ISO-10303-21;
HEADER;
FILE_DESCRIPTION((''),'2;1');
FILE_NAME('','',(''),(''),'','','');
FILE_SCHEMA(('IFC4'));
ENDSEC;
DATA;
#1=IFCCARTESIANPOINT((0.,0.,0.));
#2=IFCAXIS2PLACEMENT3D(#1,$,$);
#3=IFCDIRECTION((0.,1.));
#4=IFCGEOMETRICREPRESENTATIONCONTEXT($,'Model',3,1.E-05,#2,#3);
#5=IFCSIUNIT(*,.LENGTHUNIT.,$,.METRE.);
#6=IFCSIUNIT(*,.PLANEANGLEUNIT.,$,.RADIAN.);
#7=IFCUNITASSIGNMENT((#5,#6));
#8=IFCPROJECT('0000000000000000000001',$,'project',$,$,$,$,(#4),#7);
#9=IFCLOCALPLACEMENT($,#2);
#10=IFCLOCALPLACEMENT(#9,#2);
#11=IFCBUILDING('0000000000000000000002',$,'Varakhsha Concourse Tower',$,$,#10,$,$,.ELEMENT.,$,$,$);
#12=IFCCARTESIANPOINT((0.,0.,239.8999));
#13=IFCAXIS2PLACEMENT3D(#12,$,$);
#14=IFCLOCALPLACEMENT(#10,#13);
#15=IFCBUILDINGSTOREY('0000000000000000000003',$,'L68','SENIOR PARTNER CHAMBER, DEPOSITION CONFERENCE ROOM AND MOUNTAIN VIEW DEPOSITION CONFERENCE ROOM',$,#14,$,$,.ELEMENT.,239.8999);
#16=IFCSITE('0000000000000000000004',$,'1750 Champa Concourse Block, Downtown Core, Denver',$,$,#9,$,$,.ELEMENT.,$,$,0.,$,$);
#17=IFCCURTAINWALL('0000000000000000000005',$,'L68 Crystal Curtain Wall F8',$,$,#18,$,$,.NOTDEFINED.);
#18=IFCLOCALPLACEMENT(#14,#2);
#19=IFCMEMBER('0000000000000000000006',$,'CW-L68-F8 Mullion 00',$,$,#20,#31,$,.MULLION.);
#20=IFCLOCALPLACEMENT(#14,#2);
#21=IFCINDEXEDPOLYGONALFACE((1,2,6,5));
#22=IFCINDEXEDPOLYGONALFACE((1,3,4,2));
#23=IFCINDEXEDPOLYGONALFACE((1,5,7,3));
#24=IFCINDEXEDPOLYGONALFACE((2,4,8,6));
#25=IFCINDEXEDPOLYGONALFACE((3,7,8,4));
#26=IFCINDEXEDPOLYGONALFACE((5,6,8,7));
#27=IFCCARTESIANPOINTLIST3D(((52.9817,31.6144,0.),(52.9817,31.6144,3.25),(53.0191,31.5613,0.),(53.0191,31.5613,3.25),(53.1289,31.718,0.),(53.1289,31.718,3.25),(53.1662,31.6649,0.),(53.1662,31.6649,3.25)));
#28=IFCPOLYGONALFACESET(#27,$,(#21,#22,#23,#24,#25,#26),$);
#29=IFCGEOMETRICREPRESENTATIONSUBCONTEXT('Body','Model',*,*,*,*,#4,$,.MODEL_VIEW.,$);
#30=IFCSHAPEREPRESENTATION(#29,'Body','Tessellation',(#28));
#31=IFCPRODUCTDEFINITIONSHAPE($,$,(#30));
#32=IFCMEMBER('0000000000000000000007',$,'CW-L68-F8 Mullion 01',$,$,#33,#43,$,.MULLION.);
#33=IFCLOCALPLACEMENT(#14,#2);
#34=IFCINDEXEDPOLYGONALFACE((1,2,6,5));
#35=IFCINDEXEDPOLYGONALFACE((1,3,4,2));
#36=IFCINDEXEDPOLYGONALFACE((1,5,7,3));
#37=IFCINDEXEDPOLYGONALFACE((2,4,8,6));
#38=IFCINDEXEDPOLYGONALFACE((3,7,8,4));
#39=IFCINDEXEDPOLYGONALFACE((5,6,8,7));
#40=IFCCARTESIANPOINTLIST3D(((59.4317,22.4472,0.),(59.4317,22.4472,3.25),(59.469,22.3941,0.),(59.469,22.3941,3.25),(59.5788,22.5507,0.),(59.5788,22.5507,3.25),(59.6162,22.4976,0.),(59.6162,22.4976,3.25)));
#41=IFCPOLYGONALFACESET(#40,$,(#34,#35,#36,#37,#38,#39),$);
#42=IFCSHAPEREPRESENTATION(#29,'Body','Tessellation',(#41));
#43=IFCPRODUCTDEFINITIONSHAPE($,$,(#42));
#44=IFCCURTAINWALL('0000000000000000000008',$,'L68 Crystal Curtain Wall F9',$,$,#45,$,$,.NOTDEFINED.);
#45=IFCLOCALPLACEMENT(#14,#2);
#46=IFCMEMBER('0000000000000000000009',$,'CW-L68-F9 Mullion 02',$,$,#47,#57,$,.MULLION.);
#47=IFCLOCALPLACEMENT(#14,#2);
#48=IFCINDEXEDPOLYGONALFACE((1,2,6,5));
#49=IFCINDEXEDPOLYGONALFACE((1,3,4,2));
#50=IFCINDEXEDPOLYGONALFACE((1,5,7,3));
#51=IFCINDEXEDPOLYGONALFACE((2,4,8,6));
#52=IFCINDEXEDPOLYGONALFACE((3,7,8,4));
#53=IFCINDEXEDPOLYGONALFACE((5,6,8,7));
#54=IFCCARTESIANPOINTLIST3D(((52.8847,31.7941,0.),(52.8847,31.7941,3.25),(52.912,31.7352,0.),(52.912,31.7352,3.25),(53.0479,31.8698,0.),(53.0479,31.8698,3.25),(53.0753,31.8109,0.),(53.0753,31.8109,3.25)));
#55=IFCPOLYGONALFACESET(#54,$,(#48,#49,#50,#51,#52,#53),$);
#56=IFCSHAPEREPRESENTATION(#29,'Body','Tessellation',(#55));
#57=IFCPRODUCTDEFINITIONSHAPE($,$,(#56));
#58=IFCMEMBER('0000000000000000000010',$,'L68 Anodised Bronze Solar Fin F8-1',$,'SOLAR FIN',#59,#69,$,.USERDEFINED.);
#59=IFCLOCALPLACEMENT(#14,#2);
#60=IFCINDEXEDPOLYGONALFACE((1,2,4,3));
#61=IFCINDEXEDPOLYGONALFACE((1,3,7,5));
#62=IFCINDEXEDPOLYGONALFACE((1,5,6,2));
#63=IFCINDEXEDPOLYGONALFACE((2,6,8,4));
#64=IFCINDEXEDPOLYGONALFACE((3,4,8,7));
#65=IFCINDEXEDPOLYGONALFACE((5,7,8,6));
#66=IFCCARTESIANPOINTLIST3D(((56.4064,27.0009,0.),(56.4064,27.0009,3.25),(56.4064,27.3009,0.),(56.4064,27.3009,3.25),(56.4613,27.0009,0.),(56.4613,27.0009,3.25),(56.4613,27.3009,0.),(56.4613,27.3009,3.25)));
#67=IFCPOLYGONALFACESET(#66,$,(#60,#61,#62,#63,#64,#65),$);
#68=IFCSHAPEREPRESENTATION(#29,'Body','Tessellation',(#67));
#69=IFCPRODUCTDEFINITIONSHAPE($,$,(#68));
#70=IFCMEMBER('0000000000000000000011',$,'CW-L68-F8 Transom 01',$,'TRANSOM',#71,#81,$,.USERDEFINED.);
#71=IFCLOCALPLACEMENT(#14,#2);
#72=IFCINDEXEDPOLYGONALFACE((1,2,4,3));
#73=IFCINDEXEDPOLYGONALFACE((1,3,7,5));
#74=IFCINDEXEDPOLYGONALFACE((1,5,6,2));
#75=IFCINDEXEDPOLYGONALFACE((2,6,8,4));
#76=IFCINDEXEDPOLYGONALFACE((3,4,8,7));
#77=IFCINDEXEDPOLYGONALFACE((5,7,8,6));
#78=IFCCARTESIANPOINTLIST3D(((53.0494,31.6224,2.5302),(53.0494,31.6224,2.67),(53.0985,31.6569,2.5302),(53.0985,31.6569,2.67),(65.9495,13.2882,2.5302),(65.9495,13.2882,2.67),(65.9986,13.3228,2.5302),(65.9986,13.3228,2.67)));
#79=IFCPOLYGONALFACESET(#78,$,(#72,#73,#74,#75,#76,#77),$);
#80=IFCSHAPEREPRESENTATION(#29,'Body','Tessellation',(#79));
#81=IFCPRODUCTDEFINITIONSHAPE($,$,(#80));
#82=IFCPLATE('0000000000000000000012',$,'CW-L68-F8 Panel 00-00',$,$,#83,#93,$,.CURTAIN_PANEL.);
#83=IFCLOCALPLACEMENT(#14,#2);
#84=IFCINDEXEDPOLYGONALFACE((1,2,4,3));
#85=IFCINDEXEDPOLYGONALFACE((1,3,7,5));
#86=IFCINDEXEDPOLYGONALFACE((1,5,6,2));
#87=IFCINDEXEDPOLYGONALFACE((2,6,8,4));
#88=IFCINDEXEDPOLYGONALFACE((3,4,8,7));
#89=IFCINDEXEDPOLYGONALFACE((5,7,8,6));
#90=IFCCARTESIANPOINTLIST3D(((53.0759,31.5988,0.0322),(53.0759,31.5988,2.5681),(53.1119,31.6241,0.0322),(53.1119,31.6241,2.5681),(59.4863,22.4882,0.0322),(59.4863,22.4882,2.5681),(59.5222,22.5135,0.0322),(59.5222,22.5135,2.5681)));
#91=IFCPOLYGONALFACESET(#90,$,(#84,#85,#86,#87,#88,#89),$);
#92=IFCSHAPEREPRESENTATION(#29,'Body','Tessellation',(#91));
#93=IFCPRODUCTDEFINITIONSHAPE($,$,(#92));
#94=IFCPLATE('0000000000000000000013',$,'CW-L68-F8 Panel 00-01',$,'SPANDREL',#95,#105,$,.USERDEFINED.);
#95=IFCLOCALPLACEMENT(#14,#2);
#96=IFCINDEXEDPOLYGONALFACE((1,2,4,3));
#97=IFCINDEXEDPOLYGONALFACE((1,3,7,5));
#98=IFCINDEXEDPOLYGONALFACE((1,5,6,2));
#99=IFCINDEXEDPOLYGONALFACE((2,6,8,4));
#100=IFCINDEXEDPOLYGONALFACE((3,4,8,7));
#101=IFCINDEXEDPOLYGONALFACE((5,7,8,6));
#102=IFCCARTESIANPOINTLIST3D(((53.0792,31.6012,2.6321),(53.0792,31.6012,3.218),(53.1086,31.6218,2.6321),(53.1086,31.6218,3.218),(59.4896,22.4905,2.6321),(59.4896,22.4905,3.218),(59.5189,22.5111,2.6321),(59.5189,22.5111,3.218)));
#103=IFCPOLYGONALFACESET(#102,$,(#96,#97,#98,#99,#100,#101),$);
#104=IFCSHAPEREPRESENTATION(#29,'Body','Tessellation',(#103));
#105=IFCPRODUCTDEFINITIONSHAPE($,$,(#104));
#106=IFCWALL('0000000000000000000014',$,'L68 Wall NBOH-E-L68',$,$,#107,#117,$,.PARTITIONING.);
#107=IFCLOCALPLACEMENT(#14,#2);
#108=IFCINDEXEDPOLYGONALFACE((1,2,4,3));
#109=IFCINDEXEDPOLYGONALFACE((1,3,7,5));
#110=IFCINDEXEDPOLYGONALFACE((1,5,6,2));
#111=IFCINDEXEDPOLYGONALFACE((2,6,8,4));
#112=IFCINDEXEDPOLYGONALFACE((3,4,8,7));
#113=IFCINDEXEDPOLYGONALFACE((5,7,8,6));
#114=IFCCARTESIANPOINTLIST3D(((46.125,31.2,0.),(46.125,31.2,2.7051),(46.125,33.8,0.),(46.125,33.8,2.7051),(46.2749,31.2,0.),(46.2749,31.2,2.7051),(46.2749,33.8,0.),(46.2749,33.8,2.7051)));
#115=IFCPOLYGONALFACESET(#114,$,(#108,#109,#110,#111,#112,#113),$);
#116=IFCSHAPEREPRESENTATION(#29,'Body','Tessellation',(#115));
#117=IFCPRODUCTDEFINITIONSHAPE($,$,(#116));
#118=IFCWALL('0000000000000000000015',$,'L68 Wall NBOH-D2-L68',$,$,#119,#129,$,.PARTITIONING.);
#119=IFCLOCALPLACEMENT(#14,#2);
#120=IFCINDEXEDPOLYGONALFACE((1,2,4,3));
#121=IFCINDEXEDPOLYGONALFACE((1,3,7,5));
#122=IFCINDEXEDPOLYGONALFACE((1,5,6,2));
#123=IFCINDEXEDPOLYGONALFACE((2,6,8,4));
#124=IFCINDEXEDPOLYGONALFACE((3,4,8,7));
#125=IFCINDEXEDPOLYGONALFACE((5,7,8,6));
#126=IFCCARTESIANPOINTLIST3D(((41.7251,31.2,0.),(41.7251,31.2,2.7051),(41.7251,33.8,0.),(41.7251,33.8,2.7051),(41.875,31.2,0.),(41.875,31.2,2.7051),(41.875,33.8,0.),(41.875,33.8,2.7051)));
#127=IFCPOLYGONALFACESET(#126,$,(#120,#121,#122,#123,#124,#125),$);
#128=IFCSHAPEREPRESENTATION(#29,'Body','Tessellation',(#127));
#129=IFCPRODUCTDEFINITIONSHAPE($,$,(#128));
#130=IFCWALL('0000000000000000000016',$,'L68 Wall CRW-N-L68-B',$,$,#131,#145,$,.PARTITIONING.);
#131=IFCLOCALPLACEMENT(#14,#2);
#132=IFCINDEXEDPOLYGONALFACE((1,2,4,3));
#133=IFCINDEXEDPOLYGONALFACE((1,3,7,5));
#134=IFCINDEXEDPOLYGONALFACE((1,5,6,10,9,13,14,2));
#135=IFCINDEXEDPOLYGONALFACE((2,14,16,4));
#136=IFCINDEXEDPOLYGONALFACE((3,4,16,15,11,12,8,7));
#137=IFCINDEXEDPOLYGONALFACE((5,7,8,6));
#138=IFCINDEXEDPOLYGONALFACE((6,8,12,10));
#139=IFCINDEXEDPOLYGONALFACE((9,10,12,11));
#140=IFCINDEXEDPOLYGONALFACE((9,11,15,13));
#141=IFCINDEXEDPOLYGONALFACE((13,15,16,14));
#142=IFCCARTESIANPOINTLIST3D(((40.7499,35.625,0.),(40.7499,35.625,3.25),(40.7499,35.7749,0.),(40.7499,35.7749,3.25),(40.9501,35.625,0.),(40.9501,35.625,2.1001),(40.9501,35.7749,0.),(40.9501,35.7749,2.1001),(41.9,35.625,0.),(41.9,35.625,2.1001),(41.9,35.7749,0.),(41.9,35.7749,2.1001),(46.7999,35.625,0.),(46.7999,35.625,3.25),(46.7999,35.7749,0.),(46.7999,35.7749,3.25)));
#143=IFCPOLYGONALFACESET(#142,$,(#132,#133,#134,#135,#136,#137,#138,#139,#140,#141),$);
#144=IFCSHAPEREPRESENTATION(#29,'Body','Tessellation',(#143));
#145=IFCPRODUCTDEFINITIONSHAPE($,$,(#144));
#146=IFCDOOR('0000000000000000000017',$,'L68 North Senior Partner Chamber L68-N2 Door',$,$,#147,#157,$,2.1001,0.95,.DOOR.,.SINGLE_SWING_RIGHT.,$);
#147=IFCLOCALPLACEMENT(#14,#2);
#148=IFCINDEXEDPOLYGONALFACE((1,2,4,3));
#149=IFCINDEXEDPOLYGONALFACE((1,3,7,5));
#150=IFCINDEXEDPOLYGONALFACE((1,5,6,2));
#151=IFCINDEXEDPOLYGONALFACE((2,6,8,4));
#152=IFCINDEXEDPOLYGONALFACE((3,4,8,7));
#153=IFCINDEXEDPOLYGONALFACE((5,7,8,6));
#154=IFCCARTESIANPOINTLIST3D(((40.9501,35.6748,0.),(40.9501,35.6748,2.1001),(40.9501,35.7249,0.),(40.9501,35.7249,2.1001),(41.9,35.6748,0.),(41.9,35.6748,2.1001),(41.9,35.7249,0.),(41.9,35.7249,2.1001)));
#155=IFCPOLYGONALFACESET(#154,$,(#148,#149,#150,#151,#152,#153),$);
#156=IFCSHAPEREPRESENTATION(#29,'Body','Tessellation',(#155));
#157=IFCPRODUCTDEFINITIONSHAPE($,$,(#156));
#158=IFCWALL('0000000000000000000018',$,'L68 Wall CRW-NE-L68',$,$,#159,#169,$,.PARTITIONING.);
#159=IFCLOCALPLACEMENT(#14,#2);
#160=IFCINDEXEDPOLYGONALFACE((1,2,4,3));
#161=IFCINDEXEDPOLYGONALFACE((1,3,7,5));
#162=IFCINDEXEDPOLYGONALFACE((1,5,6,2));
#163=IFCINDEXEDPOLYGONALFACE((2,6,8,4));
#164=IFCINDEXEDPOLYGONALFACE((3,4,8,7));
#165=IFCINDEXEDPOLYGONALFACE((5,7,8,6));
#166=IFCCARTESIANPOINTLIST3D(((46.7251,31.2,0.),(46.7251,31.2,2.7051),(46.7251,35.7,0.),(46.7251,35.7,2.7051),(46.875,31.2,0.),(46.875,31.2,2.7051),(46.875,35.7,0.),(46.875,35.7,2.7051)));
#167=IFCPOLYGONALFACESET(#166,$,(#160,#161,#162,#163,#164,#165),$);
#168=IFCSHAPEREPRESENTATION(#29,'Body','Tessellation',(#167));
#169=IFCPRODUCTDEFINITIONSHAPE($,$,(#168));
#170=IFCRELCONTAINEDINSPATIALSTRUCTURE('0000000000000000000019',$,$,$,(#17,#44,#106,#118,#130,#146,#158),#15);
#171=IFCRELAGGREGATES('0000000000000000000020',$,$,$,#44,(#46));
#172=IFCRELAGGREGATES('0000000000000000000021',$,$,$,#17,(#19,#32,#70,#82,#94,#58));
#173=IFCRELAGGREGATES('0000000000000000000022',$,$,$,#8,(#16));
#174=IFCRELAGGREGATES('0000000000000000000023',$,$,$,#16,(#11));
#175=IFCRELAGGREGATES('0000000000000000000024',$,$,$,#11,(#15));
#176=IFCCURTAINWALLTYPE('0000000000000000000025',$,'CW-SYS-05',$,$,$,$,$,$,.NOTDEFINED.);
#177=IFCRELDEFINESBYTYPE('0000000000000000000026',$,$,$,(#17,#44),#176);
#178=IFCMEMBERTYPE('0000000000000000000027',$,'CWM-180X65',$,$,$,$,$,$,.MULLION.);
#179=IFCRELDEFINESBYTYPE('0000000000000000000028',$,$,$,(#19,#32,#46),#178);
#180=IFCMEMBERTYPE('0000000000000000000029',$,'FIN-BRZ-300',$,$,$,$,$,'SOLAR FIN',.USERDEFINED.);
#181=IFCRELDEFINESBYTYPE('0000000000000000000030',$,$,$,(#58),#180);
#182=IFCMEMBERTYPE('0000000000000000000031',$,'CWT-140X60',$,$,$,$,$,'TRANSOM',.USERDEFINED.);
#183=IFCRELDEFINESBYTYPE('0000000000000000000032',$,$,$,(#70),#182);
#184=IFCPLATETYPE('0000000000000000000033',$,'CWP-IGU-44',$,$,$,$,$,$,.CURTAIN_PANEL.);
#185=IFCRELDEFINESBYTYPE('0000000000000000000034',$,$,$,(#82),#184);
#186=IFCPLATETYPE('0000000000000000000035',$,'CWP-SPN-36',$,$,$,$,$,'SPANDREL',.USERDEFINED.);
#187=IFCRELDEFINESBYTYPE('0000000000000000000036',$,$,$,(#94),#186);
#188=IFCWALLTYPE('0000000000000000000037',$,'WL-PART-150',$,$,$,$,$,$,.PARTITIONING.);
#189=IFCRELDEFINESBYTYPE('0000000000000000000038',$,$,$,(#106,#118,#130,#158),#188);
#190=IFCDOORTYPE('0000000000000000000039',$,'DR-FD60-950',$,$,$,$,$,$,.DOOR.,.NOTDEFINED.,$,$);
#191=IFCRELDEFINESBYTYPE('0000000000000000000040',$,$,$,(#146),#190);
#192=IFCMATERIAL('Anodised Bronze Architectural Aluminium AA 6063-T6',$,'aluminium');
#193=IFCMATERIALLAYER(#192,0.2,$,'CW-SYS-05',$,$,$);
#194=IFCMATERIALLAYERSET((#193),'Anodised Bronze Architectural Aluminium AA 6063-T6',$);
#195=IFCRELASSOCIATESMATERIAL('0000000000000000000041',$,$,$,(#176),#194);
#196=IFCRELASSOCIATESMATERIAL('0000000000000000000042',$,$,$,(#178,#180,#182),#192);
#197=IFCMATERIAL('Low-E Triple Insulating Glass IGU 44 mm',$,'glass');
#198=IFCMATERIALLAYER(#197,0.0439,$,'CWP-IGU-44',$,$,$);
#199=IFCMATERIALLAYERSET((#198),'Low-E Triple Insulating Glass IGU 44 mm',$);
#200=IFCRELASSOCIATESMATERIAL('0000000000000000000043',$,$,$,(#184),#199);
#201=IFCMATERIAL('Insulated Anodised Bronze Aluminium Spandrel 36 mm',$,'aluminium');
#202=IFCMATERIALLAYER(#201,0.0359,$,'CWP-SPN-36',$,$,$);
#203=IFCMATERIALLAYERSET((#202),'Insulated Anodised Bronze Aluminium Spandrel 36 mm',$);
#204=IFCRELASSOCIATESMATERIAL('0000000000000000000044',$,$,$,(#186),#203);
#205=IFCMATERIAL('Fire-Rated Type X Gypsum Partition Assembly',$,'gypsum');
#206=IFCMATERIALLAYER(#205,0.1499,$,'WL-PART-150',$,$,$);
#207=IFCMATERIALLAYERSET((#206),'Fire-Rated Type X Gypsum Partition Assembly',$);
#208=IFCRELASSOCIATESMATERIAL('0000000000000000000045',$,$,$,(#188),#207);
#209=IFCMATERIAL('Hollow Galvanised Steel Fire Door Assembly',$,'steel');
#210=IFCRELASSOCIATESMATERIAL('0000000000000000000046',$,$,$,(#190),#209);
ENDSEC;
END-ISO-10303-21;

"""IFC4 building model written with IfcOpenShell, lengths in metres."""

from ifc_helpers import new_model, si_unit, direction, frame, frame_2d, origin, origin_2d, place, context, subcontext, project, spatial, rectangle, extrude, source, transform, mapped, material, layer, layer_set, material_profile, profile_set, type_object, type_shapes, element, fill, aggregate, save


model = new_model("IFC4")

# Units and contexts
model_context = context("Model", 3, precision=1e-05, world=origin(), true_north=direction((0.0, 1.0)))
body_context = subcontext(model_context, "Body", "Model", "MODEL_VIEW")
ifc_project = project(units=[si_unit("LENGTHUNIT", "METRE"), si_unit("PLANEANGLEUNIT", "RADIAN")], contexts=[model_context])

# Site, building, storey
site_placement = place(None, origin())
site = spatial("IfcSite", under=ifc_project, at=site_placement, Name="1750 Champa Concourse Block, Downtown Core, Denver", CompositionType="ELEMENT", RefElevation=0.0)
building_placement = place(site_placement, origin())
building = spatial("IfcBuilding", under=site, at=building_placement, Name="Varakhsha Concourse Tower", CompositionType="ELEMENT")
storey_placement = place(building_placement, frame((0.0, 0.0, 239.8999)))
storey = spatial("IfcBuildingStorey", under=building, at=storey_placement, Name="L68", Description="SENIOR PARTNER CHAMBER, DEPOSITION CONFERENCE ROOM AND MOUNTAIN VIEW DEPOSITION CONFERENCE ROOM", CompositionType="ELEMENT", Elevation=239.8999)

# Curtain wall, members
ifc_material_1 = material(Name="Anodised Bronze Architectural Aluminium AA 6063-T6", Category="aluminium")
ifc_layer_1 = layer(ifc_material_1, 0.2, Name="CW-SYS-05")
ifc_layer_set_1 = layer_set([ifc_layer_1], Name="Anodised Bronze Architectural Aluminium AA 6063-T6")
curtain_wall_type = type_object("IfcCurtainWallType", Name="CW-SYS-05", PredefinedType="NOTDEFINED", material=ifc_layer_set_1)
curtain_wall_1_placement = place(storey_placement, origin())
curtain_wall_1 = element("IfcCurtainWall", 1, at=curtain_wall_1_placement, inside=storey, type_object=curtain_wall_type, Name="L68 Crystal Curtain Wall F8", PredefinedType="NOTDEFINED")
ifc_material_profile_1 = material_profile(ifc_material_1, rectangle(XDim=0.0649, YDim=0.1799, at=origin_2d()), Name="CWM-180X65")
ifc_profile_set_1 = profile_set([ifc_material_profile_1], Name="Anodised Bronze Architectural Aluminium AA 6063-T6")
member_type_1 = type_object("IfcMemberType", Name="CWM-180X65", PredefinedType="MULLION", material=ifc_profile_set_1)
shared_shape_1 = source(origin(), body_context, "Body", "SweptSolid", [
    extrude(rectangle(XDim=0.0649, YDim=0.1799, at=origin_2d()), origin(), (0.0, 0.0, 1.0), 3.25),
])
type_shapes(member_type_1, [shared_shape_1])
member_1_placement = place(storey_placement, frame((53.074, 31.6396, 0.0), z_axis=(0.0, 0.0, 1.0), x_axis=(0.575444, -0.817842, 0.0)))
member_1 = element("IfcMember", 2, at=member_1_placement, type_object=member_type_1, Name="CW-L68-F8 Mullion 00", PredefinedType="MULLION", context=body_context, shape_type="MappedRepresentation", body=[
    mapped(shared_shape_1, transform((0.0, 0.0, 0.0), scale=1.0)),
])
member_2_placement = place(storey_placement, frame((59.5239, 22.4724, 0.0), z_axis=(0.0, 0.0, 1.0), x_axis=(0.575444, -0.817842, 0.0)))
member_2 = element("IfcMember", 3, at=member_2_placement, type_object=member_type_1, Name="CW-L68-F8 Mullion 01", PredefinedType="MULLION", context=body_context, shape_type="MappedRepresentation", body=[
    mapped(shared_shape_1, transform((0.0, 0.0, 0.0), scale=1.0)),
])

# Curtain wall, member
curtain_wall_2_placement = place(storey_placement, origin())
curtain_wall_2 = element("IfcCurtainWall", 4, at=curtain_wall_2_placement, inside=storey, type_object=curtain_wall_type, Name="L68 Crystal Curtain Wall F9", PredefinedType="NOTDEFINED")
member_3_placement = place(storey_placement, frame((52.98, 31.8025, 0.0), z_axis=(0.0, 0.0, 1.0), x_axis=(0.420547, -0.907271, 0.0)))
member_3 = element("IfcMember", 5, at=member_3_placement, type_object=member_type_1, Name="CW-L68-F9 Mullion 02", PredefinedType="MULLION", context=body_context, shape_type="MappedRepresentation", body=[
    mapped(shared_shape_1, transform((0.0, 0.0, 0.0), scale=1.0)),
])
aggregate(curtain_wall_2, [member_3])

# Members
ifc_material_profile_2 = material_profile(ifc_material_1, rectangle(XDim=0.0549, YDim=0.3, at=origin_2d()), Name="FIN-BRZ-300")
ifc_profile_set_2 = profile_set([ifc_material_profile_2], Name="Anodised Bronze Architectural Aluminium AA 6063-T6")
member_type_2 = type_object("IfcMemberType", Name="FIN-BRZ-300", ElementType="SOLAR FIN", PredefinedType="USERDEFINED", material=ifc_profile_set_2)
shared_shape_2 = source(origin(), body_context, "Body", "SweptSolid", [
    extrude(rectangle(XDim=0.0549, YDim=0.3, at=origin_2d()), origin(), (0.0, 0.0, 1.0), 3.25),
])
type_shapes(member_type_2, [shared_shape_2])
member_4_placement = place(storey_placement, frame((56.4338, 27.1509, 0.0), z_axis=(0.0, 0.0, 1.0), x_axis=(1.0, 0.0, 0.0)))
member_4 = element("IfcMember", 6, at=member_4_placement, type_object=member_type_2, Name="L68 Anodised Bronze Solar Fin F8-1", ObjectType="SOLAR FIN", PredefinedType="USERDEFINED", context=body_context, shape_type="MappedRepresentation", body=[
    mapped(shared_shape_2, transform((0.0, 0.0, 0.0), scale=1.0)),
])
ifc_material_profile_3 = material_profile(ifc_material_1, rectangle(XDim=0.0601, YDim=0.1399, at=origin_2d()), Name="CWT-140X60")
ifc_profile_set_3 = profile_set([ifc_material_profile_3], Name="Anodised Bronze Architectural Aluminium AA 6063-T6")
member_type_3 = type_object("IfcMemberType", Name="CWT-140X60", ElementType="TRANSOM", PredefinedType="USERDEFINED", material=ifc_profile_set_3)
shared_shape_3 = source(origin(), body_context, "Body", "SweptSolid", [
    extrude(rectangle(XDim=0.0601, YDim=0.1399, at=origin_2d()), origin(), (0.0, 0.0, 1.0), 22.4177),
])
type_shapes(member_type_3, [shared_shape_3])
member_5_placement = place(storey_placement, frame((53.074, 31.6396, 2.6001), z_axis=(0.575442, -0.817842, 0.0), x_axis=(0.817842, 0.575442, 0.0)))
member_5 = element("IfcMember", 7, at=member_5_placement, type_object=member_type_3, Name="CW-L68-F8 Transom 01", ObjectType="TRANSOM", PredefinedType="USERDEFINED", context=body_context, shape_type="MappedRepresentation", body=[
    mapped(shared_shape_3, transform((0.0, 0.0, 0.0), scale=1.0)),
])

# Plates
ifc_material_2 = material(Name="Low-E Triple Insulating Glass IGU 44 mm", Category="glass")
ifc_layer_2 = layer(ifc_material_2, 0.0439, Name="CWP-IGU-44")
ifc_layer_set_2 = layer_set([ifc_layer_2], Name="Low-E Triple Insulating Glass IGU 44 mm")
plate_type_1 = type_object("IfcPlateType", Name="CWP-IGU-44", PredefinedType="CURTAIN_PANEL", material=ifc_layer_set_2)
shared_shape_4 = source(origin(), body_context, "Body", "SweptSolid", [
    extrude(rectangle(XDim=11.1399, YDim=0.0439, at=origin_2d()), origin(), (0.0, 0.0, 1.0), 2.5359),
])
type_shapes(plate_type_1, [shared_shape_4])
plate_1_placement = place(storey_placement, frame((56.2991, 27.0562, 0.0322), z_axis=(0.0, 0.0, 1.0), x_axis=(0.575444, -0.817842, 0.0)))
plate_1 = element("IfcPlate", 8, at=plate_1_placement, type_object=plate_type_1, Name="CW-L68-F8 Panel 00-00", PredefinedType="CURTAIN_PANEL", context=body_context, shape_type="MappedRepresentation", body=[
    mapped(shared_shape_4, transform((0.0, 0.0, 0.0), scale=1.0)),
])
ifc_material_3 = material(Name="Insulated Anodised Bronze Aluminium Spandrel 36 mm", Category="aluminium")
ifc_layer_3 = layer(ifc_material_3, 0.0359, Name="CWP-SPN-36")
ifc_layer_set_3 = layer_set([ifc_layer_3], Name="Insulated Anodised Bronze Aluminium Spandrel 36 mm")
plate_type_2 = type_object("IfcPlateType", Name="CWP-SPN-36", ElementType="SPANDREL", PredefinedType="USERDEFINED", material=ifc_layer_set_3)
shared_shape_5 = source(origin(), body_context, "Body", "SweptSolid", [
    extrude(rectangle(XDim=11.1399, YDim=0.0359, at=origin_2d()), origin(), (0.0, 0.0, 1.0), 0.5859),
])
type_shapes(plate_type_2, [shared_shape_5])
plate_2_placement = place(storey_placement, frame((56.2991, 27.0562, 2.6321), z_axis=(0.0, 0.0, 1.0), x_axis=(0.575444, -0.817842, 0.0)))
plate_2 = element("IfcPlate", 9, at=plate_2_placement, type_object=plate_type_2, Name="CW-L68-F8 Panel 00-01", ObjectType="SPANDREL", PredefinedType="USERDEFINED", context=body_context, shape_type="MappedRepresentation", body=[
    mapped(shared_shape_5, transform((0.0, 0.0, 0.0), scale=1.0)),
])
aggregate(curtain_wall_1, [member_1, member_2, member_5, plate_1, plate_2, member_4])

# Walls
ifc_material_4 = material(Name="Fire-Rated Type X Gypsum Partition Assembly", Category="gypsum")
ifc_layer_4 = layer(ifc_material_4, 0.1499, Name="WL-PART-150")
ifc_layer_set_4 = layer_set([ifc_layer_4], Name="Fire-Rated Type X Gypsum Partition Assembly")
wall_type_1 = type_object("IfcWallType", Name="WL-PART-150", PredefinedType="PARTITIONING", material=ifc_layer_set_4)
for number, where, z_axis, x_axis, name in (
    (10, (46.2, 31.2, 0.0), (0.0, 0.0, 1.0), (0.0, 1.0, 0.0), "L68 Wall NBOH-E-L68"),
    (11, (41.8, 31.2, 0.0), (0.0, 0.0, 1.0), (0.0, 1.0, 0.0), "L68 Wall NBOH-D2-L68"),
):
    element("IfcWall", number, at=place(storey_placement, frame(where, z_axis=z_axis, x_axis=x_axis)), inside=storey, type_object=wall_type_1, Name=name, PredefinedType="PARTITIONING", context=body_context, shape_type="SweptSolid", body=[
        extrude(rectangle(XDim=2.6001, YDim=0.1499, at=frame_2d((1.3, 0.0))), origin(), (0.0, 0.0, 1.0), 2.7051),
    ])

# Wall, opening, door
wall_1_placement = place(storey_placement, frame((40.75, 35.7, 0.0), z_axis=(0.0, 0.0, 1.0), x_axis=(1.0, 0.0, 0.0)))
wall_1 = element("IfcWall", 12, at=wall_1_placement, inside=storey, type_object=wall_type_1, Name="L68 Wall CRW-N-L68-B", PredefinedType="PARTITIONING", context=body_context, shape_type="SweptSolid", body=[
    extrude(rectangle(XDim=6.05, YDim=0.1499, at=frame_2d((3.0249, 0.0))), origin(), (0.0, 0.0, 1.0), 3.25),
])
opening_1_placement = place(wall_1_placement, frame((0.2, 0.0, 0.0)))
opening_1 = element("IfcOpeningElement", 13, at=opening_1_placement, cuts=wall_1, PredefinedType="OPENING", context=body_context, shape_type="SweptSolid", body=[
    extrude(rectangle(XDim=0.95, YDim=2.1001, at=frame_2d((0.4751, 1.05))), frame((0.0, 0.085, 0.0), z_axis=(0.0, -1.0, 0.0), x_axis=(1.0, 0.0, 0.0)), (0.0, 0.0, 1.0), 0.1699),
])
ifc_material_5 = material(Name="Hollow Galvanised Steel Fire Door Assembly", Category="steel")
door_type = type_object("IfcDoorType", Name="DR-FD60-950", OperationType="NOTDEFINED", PredefinedType="DOOR", material=ifc_material_5)
door_1_placement = place(opening_1_placement, origin())
door_1 = element("IfcDoor", 14, at=door_1_placement, inside=storey, type_object=door_type, Name="L68 North Senior Partner Chamber L68-N2 Door", OperationType="SINGLE_SWING_RIGHT", OverallHeight=2.1001, OverallWidth=0.95, PredefinedType="DOOR", context=body_context, shape_type="SweptSolid", body=[
    extrude(rectangle(XDim=0.95, YDim=2.1001, at=frame_2d((0.4751, 1.05))), frame((0.0, 0.0249, 0.0), z_axis=(0.0, -1.0, 0.0), x_axis=(1.0, 0.0, 0.0)), (0.0, 0.0, 1.0), 0.05),
])
fill(opening_1, door_1)

# Wall
wall_2_placement = place(storey_placement, frame((46.8, 31.2, 0.0), z_axis=(0.0, 0.0, 1.0), x_axis=(0.0, 1.0, 0.0)))
element("IfcWall", 15, at=wall_2_placement, inside=storey, type_object=wall_type_1, Name="L68 Wall CRW-NE-L68", PredefinedType="PARTITIONING", context=body_context, shape_type="SweptSolid", body=[
    extrude(rectangle(XDim=4.5, YDim=0.1499, at=frame_2d((2.25, 0.0))), origin(), (0.0, 0.0, 1.0), 2.7051),
])

save(model, "model.ifc")
